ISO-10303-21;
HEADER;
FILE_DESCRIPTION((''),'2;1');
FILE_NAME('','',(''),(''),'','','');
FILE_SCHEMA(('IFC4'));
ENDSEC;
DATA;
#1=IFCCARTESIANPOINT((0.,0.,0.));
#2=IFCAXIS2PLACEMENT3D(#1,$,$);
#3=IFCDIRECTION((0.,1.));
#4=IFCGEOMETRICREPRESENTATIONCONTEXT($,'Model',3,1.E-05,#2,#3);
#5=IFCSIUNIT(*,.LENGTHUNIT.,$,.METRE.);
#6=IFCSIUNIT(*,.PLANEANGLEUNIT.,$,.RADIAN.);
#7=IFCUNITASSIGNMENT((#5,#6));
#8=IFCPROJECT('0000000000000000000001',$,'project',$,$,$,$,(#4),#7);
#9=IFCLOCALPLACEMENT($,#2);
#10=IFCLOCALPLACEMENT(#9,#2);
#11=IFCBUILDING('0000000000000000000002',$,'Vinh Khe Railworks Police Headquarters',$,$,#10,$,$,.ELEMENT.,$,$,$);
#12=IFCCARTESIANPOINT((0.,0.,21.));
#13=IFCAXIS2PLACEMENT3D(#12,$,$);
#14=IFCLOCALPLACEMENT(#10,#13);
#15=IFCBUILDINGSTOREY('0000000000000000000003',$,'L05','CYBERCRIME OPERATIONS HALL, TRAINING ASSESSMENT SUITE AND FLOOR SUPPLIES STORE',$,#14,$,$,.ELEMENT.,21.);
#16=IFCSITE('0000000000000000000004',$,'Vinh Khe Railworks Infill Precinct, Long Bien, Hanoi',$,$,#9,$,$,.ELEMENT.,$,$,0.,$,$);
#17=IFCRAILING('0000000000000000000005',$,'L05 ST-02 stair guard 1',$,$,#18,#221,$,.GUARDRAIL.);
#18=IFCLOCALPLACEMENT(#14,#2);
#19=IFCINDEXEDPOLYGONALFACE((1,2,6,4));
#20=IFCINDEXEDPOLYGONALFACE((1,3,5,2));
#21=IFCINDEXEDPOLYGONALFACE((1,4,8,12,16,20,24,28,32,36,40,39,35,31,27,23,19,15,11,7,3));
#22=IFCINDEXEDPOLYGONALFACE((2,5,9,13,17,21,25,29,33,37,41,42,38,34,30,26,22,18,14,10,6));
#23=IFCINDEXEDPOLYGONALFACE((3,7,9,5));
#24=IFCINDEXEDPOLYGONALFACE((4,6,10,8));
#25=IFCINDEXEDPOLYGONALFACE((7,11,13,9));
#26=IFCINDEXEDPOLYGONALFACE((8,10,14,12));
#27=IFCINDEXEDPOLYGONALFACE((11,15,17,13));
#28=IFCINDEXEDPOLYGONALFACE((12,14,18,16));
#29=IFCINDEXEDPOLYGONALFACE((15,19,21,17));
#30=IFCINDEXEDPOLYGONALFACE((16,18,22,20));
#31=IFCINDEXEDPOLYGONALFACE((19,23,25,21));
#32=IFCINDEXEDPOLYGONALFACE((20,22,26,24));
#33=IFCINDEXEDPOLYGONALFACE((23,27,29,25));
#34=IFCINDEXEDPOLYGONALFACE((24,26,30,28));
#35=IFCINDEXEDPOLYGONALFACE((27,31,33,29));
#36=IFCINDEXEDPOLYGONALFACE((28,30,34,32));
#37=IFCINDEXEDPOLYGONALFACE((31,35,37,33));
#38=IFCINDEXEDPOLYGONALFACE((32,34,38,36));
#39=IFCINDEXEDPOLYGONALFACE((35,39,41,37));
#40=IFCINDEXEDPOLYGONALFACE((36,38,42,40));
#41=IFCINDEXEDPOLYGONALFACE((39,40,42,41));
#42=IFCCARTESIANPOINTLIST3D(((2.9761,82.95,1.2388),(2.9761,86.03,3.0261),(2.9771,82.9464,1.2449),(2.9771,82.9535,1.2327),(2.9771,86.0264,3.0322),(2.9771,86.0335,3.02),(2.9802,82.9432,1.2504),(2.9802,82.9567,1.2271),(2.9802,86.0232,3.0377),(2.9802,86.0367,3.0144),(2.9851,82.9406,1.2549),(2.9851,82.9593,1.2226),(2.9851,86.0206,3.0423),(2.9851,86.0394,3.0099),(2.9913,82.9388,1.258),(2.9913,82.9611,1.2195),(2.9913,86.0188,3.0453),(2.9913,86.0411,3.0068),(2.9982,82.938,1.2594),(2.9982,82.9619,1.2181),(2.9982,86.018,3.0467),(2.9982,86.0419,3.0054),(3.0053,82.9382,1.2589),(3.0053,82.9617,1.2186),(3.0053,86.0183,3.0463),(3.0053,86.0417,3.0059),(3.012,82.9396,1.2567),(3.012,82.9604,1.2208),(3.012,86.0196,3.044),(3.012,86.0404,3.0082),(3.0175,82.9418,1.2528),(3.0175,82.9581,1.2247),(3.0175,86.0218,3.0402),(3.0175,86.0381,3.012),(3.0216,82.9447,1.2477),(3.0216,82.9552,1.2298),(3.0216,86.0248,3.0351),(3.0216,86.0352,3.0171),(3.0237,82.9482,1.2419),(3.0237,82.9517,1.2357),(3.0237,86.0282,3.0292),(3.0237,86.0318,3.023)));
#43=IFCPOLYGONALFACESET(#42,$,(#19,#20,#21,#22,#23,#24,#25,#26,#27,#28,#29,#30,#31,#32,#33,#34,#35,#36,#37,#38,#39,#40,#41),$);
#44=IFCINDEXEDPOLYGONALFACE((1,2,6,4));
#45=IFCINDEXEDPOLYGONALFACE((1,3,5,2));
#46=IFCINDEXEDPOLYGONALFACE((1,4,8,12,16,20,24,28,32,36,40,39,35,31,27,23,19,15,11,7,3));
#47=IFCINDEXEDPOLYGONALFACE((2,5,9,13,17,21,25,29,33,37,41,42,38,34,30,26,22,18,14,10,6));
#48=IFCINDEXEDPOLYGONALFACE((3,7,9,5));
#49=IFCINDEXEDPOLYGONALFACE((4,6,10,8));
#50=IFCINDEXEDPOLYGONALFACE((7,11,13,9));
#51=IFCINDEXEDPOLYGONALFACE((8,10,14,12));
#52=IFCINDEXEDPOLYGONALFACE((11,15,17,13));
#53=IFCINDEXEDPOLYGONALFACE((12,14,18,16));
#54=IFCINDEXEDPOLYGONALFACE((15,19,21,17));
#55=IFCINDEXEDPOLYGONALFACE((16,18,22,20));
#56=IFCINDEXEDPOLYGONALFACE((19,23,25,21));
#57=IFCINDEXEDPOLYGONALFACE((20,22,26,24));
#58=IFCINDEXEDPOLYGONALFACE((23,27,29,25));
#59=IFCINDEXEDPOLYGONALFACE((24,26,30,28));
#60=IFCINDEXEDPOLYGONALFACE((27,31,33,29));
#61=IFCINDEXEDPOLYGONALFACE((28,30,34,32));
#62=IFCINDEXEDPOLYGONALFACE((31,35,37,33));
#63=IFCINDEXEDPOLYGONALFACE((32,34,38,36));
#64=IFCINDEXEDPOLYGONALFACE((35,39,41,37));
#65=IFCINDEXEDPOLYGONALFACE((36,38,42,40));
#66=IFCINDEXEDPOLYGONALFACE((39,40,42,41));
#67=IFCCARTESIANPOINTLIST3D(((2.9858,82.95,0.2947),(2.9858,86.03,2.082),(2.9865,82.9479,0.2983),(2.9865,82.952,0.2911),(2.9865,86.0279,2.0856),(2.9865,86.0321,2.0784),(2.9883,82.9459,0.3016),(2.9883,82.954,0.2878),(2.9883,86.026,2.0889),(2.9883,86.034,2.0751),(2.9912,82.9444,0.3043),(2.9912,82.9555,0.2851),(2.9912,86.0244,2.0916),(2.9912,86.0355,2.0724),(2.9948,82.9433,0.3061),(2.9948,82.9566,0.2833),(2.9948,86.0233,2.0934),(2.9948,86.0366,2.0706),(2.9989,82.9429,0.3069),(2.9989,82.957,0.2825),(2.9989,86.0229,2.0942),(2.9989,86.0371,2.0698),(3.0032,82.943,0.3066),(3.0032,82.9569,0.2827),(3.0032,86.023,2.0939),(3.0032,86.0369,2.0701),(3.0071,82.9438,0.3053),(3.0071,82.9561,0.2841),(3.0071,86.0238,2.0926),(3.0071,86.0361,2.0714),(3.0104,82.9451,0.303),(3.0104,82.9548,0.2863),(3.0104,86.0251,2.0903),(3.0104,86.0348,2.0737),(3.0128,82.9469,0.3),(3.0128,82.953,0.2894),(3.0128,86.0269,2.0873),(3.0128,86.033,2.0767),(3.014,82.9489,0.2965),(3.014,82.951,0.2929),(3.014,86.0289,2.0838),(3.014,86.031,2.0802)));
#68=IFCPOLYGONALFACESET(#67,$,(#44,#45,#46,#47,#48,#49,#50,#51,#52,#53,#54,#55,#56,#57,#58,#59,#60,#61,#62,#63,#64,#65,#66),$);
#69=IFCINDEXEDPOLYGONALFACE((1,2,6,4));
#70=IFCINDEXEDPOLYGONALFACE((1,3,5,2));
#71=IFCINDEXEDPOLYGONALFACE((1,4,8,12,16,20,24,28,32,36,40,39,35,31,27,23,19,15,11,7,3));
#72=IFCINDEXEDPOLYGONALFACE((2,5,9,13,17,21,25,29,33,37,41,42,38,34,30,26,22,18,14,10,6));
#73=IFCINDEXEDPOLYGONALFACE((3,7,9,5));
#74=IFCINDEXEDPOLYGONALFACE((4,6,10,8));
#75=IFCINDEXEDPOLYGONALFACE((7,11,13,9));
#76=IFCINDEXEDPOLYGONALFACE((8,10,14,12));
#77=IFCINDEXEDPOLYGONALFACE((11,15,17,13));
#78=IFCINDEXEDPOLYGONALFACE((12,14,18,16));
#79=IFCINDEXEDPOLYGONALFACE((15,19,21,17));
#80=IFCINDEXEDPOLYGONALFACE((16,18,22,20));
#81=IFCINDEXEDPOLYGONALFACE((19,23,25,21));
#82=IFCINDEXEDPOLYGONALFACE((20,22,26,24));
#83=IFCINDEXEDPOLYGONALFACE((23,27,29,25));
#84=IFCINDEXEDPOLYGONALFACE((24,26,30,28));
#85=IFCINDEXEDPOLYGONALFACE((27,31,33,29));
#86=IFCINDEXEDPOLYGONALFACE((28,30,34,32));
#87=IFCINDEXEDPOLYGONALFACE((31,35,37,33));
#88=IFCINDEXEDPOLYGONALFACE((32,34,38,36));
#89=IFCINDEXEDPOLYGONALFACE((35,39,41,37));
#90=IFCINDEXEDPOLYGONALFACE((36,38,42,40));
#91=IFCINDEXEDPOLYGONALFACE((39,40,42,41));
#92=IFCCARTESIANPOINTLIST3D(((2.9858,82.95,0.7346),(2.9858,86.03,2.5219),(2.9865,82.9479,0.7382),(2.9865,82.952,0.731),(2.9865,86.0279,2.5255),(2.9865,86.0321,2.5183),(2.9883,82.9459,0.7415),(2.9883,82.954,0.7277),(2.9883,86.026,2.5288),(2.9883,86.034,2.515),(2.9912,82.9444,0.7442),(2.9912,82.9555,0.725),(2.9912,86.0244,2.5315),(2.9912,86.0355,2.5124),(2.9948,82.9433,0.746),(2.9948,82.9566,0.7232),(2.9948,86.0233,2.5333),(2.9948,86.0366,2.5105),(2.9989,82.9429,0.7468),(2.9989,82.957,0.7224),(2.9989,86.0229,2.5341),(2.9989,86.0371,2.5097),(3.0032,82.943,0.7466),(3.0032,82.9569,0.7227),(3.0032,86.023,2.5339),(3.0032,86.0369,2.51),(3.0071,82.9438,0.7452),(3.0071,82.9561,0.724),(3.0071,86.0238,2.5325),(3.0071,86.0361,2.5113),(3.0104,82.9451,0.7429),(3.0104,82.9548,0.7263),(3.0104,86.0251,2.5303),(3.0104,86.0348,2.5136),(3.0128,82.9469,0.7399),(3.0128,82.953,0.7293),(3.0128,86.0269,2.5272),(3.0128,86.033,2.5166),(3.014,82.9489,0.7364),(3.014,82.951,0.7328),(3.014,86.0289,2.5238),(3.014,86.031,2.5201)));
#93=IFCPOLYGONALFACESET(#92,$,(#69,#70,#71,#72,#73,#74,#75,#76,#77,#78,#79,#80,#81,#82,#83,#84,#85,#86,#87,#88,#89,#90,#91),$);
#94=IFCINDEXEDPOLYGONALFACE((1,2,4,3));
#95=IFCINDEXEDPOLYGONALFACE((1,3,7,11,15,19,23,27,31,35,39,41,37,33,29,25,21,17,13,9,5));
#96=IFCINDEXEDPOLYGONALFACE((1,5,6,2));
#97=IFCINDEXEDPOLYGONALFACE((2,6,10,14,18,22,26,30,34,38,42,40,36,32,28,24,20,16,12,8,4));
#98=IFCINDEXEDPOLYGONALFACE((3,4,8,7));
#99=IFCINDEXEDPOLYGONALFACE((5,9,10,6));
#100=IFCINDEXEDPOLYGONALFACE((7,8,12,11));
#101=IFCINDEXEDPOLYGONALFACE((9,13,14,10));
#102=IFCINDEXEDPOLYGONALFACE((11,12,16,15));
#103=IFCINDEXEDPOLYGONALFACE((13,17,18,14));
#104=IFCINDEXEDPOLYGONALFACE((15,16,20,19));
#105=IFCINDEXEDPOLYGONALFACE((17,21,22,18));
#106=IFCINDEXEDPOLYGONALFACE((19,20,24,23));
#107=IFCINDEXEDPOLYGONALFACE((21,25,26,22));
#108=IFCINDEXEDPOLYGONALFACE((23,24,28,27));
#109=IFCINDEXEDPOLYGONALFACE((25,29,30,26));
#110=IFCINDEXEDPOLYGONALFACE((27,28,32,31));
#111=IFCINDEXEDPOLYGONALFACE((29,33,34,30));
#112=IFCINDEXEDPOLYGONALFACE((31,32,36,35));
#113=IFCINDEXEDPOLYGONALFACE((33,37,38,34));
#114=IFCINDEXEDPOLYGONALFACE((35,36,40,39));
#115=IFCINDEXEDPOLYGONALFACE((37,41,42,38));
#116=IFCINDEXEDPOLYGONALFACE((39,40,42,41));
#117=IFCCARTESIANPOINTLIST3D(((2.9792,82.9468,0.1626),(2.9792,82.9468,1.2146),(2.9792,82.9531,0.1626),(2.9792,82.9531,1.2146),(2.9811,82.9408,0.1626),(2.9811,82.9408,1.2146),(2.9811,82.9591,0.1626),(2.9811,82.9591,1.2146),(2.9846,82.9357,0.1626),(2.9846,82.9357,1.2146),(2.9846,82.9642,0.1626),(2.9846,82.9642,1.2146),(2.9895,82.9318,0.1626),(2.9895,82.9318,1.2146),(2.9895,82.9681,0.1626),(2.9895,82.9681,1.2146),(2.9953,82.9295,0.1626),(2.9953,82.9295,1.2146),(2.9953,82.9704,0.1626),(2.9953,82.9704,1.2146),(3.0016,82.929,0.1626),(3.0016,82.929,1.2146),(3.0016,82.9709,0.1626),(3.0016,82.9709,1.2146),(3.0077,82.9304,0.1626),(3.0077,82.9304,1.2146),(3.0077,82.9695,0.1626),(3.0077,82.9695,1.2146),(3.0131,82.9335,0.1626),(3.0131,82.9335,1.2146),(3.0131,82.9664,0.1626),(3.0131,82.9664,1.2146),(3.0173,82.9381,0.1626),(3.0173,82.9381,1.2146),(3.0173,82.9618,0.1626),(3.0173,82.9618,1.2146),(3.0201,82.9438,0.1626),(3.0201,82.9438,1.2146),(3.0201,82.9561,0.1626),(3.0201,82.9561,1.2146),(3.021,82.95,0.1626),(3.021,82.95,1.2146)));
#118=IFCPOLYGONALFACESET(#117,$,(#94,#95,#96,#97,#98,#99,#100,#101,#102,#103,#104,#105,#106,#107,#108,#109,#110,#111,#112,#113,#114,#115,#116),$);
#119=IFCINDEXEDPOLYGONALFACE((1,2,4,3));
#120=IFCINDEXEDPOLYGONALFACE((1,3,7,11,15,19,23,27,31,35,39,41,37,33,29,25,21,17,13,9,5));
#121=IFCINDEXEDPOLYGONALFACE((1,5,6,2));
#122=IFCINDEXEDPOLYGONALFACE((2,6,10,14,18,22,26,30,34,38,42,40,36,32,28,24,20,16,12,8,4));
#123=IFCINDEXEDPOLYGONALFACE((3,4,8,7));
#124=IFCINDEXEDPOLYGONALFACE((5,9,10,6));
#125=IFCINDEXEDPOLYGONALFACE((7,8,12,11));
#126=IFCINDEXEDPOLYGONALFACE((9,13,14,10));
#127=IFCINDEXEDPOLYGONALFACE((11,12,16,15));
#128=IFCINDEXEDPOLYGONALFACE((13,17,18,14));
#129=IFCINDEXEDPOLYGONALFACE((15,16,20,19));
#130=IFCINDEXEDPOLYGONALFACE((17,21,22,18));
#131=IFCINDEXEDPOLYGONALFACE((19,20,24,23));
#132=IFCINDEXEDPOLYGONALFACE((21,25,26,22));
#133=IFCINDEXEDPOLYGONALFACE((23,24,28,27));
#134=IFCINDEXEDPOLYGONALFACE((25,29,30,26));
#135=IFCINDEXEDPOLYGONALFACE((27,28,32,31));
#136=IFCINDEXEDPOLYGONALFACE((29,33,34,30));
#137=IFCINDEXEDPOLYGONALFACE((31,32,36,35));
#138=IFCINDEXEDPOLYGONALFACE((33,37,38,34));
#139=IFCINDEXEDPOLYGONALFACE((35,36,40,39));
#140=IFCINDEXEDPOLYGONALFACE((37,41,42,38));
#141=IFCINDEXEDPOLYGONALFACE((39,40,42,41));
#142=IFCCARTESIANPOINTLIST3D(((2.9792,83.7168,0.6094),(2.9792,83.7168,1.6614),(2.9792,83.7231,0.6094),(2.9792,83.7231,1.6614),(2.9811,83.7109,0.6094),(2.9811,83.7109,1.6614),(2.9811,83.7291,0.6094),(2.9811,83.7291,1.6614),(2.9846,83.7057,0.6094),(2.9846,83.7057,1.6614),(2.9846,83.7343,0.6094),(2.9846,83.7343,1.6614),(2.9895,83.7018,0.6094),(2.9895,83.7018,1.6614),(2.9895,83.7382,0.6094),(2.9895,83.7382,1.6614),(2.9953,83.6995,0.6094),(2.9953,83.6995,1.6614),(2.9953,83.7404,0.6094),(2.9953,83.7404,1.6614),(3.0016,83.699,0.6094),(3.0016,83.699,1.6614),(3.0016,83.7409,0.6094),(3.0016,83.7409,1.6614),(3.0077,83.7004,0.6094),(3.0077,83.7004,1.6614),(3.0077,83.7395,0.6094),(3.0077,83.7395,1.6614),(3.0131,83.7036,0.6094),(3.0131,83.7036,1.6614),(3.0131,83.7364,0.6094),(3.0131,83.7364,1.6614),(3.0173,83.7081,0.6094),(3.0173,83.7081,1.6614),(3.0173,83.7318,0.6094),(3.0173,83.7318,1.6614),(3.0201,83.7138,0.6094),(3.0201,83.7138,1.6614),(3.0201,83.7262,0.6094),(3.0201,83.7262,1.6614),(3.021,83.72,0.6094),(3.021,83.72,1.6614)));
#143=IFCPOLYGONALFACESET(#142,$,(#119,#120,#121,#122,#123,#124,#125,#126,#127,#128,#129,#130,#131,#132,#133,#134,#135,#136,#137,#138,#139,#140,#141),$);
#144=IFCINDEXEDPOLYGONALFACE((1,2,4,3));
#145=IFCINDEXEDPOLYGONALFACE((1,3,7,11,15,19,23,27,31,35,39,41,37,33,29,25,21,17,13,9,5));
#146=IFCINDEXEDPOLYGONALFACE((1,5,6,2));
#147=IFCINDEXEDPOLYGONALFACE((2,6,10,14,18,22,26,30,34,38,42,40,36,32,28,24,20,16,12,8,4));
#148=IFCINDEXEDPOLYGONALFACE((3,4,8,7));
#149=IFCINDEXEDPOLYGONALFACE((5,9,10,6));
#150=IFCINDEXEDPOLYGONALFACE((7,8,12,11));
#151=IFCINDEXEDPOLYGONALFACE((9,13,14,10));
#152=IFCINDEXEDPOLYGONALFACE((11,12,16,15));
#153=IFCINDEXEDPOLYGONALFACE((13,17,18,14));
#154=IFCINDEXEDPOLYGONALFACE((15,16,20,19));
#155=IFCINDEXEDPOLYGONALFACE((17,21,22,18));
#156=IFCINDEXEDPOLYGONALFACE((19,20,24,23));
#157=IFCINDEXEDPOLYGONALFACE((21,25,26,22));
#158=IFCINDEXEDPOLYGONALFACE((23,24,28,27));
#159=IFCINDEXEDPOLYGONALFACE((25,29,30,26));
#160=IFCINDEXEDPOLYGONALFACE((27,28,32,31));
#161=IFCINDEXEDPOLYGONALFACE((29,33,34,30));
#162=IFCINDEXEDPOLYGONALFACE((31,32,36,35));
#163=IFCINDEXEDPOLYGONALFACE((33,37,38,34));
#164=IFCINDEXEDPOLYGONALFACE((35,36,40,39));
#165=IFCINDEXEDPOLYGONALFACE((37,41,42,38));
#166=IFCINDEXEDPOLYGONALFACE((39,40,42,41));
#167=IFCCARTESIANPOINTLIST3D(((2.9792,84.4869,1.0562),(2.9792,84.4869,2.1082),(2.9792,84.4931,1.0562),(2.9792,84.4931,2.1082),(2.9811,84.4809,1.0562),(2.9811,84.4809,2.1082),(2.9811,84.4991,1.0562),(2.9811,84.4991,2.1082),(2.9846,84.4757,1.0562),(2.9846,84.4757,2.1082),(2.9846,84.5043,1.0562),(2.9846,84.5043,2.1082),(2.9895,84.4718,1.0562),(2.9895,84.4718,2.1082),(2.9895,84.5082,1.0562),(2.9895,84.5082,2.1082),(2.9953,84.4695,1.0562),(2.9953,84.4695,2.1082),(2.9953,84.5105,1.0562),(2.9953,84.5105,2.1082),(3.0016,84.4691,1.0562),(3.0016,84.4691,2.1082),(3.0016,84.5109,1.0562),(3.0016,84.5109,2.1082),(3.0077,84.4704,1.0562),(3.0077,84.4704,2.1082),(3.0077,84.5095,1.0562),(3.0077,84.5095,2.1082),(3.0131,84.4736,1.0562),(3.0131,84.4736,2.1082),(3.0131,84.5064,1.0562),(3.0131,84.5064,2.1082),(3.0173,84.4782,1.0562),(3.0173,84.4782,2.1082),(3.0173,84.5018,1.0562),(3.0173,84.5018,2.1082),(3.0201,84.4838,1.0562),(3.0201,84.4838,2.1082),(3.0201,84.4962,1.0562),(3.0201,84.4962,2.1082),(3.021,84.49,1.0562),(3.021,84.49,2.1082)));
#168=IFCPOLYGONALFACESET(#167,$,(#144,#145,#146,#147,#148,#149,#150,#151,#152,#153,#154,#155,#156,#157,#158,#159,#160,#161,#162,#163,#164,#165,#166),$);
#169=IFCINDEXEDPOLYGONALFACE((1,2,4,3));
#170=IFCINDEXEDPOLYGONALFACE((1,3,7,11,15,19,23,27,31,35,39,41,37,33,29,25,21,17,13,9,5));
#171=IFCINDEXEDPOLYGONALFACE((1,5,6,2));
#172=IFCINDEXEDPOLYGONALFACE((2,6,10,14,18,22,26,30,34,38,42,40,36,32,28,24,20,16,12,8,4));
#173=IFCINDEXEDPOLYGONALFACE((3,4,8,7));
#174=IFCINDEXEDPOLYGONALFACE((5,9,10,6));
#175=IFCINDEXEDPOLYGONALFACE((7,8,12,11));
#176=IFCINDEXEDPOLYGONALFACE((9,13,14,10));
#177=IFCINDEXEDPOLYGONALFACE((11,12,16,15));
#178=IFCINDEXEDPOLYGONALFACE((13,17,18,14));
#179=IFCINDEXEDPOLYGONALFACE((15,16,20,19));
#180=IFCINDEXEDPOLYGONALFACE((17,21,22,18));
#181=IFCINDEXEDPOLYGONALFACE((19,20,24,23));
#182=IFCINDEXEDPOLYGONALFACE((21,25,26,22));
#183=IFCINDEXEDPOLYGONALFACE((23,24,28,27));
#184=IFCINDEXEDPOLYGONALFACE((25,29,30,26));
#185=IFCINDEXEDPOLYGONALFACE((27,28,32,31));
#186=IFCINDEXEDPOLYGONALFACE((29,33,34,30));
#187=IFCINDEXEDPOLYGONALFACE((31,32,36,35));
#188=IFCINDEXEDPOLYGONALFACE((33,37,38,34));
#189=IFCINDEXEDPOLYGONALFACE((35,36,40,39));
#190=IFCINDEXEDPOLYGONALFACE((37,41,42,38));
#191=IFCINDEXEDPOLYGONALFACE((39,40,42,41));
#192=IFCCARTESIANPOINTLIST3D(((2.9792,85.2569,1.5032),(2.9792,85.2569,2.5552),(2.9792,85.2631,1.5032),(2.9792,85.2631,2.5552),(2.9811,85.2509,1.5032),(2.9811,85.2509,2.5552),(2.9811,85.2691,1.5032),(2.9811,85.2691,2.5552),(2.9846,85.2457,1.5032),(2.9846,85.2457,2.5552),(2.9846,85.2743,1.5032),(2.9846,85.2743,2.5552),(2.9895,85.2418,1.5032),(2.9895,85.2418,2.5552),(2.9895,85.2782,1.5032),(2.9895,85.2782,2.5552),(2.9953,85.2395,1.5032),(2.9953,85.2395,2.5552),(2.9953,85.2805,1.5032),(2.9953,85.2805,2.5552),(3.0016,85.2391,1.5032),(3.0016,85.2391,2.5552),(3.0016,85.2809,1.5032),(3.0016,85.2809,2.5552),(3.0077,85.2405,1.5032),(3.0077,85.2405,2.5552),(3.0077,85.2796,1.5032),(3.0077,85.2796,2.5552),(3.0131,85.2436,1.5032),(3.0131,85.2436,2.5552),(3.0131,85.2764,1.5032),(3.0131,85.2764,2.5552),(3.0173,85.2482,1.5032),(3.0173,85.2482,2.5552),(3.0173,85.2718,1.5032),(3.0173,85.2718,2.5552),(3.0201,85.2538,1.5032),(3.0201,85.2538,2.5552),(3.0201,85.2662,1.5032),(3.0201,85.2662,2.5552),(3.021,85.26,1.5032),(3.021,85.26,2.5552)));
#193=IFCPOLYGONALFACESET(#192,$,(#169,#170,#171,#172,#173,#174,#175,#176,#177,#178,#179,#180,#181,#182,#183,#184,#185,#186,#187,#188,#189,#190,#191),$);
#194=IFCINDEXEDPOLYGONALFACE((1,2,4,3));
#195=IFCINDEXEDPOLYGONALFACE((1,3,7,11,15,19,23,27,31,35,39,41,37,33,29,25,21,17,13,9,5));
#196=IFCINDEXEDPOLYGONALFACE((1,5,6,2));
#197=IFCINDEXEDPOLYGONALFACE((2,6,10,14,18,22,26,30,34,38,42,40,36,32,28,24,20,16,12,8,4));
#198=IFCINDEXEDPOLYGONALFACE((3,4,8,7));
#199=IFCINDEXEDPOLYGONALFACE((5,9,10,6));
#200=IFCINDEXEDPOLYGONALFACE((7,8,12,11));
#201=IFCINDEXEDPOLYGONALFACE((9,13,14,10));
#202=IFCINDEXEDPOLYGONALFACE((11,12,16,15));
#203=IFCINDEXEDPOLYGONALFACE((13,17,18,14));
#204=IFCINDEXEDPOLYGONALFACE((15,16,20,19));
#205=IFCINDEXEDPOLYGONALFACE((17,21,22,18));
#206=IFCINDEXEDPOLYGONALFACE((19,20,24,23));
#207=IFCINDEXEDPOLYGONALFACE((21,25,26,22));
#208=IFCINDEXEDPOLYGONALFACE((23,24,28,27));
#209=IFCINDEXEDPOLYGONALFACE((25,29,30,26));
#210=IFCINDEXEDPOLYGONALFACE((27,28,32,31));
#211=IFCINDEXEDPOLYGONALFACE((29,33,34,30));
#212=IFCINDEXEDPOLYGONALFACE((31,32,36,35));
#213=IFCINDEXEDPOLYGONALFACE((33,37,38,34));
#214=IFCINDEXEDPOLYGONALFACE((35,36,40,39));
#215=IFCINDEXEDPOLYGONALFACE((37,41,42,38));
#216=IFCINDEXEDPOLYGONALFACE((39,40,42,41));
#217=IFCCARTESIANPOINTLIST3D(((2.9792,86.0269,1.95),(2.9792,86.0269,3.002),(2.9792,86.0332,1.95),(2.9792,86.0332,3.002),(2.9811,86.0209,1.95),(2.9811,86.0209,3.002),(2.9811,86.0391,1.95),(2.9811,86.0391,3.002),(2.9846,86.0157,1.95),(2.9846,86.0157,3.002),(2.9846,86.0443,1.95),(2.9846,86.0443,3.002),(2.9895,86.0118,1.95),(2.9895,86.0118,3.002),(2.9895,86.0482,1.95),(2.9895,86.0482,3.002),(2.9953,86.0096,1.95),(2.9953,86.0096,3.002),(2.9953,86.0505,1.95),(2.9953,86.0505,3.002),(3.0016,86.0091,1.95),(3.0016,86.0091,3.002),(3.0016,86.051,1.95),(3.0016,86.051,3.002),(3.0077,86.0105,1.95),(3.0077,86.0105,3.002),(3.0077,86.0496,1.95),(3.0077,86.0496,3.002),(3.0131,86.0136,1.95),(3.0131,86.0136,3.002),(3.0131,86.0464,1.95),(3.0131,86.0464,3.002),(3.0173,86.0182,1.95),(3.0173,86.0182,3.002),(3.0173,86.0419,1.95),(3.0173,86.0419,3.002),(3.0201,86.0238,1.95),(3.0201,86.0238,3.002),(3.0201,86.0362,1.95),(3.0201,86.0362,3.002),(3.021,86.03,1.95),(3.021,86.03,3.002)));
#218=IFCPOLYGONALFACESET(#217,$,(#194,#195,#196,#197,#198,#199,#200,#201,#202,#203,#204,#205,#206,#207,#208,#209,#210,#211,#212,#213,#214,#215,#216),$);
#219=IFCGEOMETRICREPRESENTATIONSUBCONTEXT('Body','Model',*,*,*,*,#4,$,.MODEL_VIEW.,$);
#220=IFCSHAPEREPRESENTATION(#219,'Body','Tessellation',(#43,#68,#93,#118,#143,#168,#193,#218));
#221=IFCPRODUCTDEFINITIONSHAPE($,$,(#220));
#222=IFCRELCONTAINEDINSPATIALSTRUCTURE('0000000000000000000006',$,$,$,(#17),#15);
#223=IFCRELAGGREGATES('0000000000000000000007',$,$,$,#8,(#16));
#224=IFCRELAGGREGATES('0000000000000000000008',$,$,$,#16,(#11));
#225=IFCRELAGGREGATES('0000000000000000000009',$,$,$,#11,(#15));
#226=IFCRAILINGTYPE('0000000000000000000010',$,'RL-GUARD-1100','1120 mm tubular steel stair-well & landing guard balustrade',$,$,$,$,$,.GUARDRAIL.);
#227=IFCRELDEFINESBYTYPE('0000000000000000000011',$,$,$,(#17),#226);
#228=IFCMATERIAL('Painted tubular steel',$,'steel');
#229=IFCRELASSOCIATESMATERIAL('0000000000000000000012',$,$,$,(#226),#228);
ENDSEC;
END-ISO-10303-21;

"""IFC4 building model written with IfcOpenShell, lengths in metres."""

from ifc_helpers import new_model, si_unit, direction, frame, origin, origin_2d, place, context, subcontext, project, spatial, circle, extrude, material, type_object, element, save


model = new_model("IFC4")

# Units and contexts
model_context = context("Model", 3, precision=1e-05, world=origin(), true_north=direction((0.0, 1.0)))
body_context = subcontext(model_context, "Body", "Model", "MODEL_VIEW")
ifc_project = project(units=[si_unit("LENGTHUNIT", "METRE"), si_unit("PLANEANGLEUNIT", "RADIAN")], contexts=[model_context])

# Site, building, storey
site_placement = place(None, origin())
site = spatial("IfcSite", under=ifc_project, at=site_placement, Name="Vinh Khe Railworks Infill Precinct, Long Bien, Hanoi", CompositionType="ELEMENT", RefElevation=0.0)
building_placement = place(site_placement, origin())
building = spatial("IfcBuilding", under=site, at=building_placement, Name="Vinh Khe Railworks Police Headquarters", CompositionType="ELEMENT")
storey_placement = place(building_placement, frame((0.0, 0.0, 21.0)))
storey = spatial("IfcBuildingStorey", under=building, at=storey_placement, Name="L05", Description="CYBERCRIME OPERATIONS HALL, TRAINING ASSESSMENT SUITE AND FLOOR SUPPLIES STORE", CompositionType="ELEMENT", Elevation=21.0)

# Railing
ifc_material_1 = material(Name="Painted tubular steel", Category="steel")
railing_type = type_object("IfcRailingType", Name="RL-GUARD-1100", Description="1120 mm tubular steel stair-well & landing guard balustrade", PredefinedType="GUARDRAIL", material=ifc_material_1)
railing_1_placement = place(storey_placement, frame((3.0, 82.95, 0.1626)))
element("IfcRailing", 1, at=railing_1_placement, inside=storey, type_object=railing_type, Name="L05 ST-02 stair guard 1", PredefinedType="GUARDRAIL", context=body_context, shape_type="SweptSolid", body=[
    extrude(circle(Radius=0.0239, at=origin_2d()), frame((0.0, 0.0, 1.0762), z_axis=(0.0, 0.86492, 0.501909), x_axis=(-1.0, 0.0, 0.0)), (0.0, 0.0, 1.0), 3.561),
    extrude(circle(Radius=0.0142, at=origin_2d()), frame((0.0, 0.0, 0.1321), z_axis=(0.0, 0.86492, 0.501909), x_axis=(-1.0, 0.0, 0.0)), (0.0, 0.0, 1.0), 3.561),
    extrude(circle(Radius=0.0142, at=origin_2d()), frame((0.0, 0.0, 0.572), z_axis=(0.0, 0.86492, 0.501909), x_axis=(-1.0, 0.0, 0.0)), (0.0, 0.0, 1.0), 3.561),
    extrude(circle(Radius=0.021, at=origin_2d()), origin(), (0.0, 0.0, 1.0), 1.052),
    extrude(circle(Radius=0.021, at=origin_2d()), frame((0.0, 0.77, 0.4468)), (0.0, 0.0, 1.0), 1.052),
    extrude(circle(Radius=0.021, at=origin_2d()), frame((0.0, 1.54, 0.8936)), (0.0, 0.0, 1.0), 1.052),
    extrude(circle(Radius=0.021, at=origin_2d()), frame((0.0, 2.3101, 1.3406)), (0.0, 0.0, 1.0), 1.052),
    extrude(circle(Radius=0.021, at=origin_2d()), frame((0.0, 3.0801, 1.7874)), (0.0, 0.0, 1.0), 1.052),
])

save(model, "model.ifc")
